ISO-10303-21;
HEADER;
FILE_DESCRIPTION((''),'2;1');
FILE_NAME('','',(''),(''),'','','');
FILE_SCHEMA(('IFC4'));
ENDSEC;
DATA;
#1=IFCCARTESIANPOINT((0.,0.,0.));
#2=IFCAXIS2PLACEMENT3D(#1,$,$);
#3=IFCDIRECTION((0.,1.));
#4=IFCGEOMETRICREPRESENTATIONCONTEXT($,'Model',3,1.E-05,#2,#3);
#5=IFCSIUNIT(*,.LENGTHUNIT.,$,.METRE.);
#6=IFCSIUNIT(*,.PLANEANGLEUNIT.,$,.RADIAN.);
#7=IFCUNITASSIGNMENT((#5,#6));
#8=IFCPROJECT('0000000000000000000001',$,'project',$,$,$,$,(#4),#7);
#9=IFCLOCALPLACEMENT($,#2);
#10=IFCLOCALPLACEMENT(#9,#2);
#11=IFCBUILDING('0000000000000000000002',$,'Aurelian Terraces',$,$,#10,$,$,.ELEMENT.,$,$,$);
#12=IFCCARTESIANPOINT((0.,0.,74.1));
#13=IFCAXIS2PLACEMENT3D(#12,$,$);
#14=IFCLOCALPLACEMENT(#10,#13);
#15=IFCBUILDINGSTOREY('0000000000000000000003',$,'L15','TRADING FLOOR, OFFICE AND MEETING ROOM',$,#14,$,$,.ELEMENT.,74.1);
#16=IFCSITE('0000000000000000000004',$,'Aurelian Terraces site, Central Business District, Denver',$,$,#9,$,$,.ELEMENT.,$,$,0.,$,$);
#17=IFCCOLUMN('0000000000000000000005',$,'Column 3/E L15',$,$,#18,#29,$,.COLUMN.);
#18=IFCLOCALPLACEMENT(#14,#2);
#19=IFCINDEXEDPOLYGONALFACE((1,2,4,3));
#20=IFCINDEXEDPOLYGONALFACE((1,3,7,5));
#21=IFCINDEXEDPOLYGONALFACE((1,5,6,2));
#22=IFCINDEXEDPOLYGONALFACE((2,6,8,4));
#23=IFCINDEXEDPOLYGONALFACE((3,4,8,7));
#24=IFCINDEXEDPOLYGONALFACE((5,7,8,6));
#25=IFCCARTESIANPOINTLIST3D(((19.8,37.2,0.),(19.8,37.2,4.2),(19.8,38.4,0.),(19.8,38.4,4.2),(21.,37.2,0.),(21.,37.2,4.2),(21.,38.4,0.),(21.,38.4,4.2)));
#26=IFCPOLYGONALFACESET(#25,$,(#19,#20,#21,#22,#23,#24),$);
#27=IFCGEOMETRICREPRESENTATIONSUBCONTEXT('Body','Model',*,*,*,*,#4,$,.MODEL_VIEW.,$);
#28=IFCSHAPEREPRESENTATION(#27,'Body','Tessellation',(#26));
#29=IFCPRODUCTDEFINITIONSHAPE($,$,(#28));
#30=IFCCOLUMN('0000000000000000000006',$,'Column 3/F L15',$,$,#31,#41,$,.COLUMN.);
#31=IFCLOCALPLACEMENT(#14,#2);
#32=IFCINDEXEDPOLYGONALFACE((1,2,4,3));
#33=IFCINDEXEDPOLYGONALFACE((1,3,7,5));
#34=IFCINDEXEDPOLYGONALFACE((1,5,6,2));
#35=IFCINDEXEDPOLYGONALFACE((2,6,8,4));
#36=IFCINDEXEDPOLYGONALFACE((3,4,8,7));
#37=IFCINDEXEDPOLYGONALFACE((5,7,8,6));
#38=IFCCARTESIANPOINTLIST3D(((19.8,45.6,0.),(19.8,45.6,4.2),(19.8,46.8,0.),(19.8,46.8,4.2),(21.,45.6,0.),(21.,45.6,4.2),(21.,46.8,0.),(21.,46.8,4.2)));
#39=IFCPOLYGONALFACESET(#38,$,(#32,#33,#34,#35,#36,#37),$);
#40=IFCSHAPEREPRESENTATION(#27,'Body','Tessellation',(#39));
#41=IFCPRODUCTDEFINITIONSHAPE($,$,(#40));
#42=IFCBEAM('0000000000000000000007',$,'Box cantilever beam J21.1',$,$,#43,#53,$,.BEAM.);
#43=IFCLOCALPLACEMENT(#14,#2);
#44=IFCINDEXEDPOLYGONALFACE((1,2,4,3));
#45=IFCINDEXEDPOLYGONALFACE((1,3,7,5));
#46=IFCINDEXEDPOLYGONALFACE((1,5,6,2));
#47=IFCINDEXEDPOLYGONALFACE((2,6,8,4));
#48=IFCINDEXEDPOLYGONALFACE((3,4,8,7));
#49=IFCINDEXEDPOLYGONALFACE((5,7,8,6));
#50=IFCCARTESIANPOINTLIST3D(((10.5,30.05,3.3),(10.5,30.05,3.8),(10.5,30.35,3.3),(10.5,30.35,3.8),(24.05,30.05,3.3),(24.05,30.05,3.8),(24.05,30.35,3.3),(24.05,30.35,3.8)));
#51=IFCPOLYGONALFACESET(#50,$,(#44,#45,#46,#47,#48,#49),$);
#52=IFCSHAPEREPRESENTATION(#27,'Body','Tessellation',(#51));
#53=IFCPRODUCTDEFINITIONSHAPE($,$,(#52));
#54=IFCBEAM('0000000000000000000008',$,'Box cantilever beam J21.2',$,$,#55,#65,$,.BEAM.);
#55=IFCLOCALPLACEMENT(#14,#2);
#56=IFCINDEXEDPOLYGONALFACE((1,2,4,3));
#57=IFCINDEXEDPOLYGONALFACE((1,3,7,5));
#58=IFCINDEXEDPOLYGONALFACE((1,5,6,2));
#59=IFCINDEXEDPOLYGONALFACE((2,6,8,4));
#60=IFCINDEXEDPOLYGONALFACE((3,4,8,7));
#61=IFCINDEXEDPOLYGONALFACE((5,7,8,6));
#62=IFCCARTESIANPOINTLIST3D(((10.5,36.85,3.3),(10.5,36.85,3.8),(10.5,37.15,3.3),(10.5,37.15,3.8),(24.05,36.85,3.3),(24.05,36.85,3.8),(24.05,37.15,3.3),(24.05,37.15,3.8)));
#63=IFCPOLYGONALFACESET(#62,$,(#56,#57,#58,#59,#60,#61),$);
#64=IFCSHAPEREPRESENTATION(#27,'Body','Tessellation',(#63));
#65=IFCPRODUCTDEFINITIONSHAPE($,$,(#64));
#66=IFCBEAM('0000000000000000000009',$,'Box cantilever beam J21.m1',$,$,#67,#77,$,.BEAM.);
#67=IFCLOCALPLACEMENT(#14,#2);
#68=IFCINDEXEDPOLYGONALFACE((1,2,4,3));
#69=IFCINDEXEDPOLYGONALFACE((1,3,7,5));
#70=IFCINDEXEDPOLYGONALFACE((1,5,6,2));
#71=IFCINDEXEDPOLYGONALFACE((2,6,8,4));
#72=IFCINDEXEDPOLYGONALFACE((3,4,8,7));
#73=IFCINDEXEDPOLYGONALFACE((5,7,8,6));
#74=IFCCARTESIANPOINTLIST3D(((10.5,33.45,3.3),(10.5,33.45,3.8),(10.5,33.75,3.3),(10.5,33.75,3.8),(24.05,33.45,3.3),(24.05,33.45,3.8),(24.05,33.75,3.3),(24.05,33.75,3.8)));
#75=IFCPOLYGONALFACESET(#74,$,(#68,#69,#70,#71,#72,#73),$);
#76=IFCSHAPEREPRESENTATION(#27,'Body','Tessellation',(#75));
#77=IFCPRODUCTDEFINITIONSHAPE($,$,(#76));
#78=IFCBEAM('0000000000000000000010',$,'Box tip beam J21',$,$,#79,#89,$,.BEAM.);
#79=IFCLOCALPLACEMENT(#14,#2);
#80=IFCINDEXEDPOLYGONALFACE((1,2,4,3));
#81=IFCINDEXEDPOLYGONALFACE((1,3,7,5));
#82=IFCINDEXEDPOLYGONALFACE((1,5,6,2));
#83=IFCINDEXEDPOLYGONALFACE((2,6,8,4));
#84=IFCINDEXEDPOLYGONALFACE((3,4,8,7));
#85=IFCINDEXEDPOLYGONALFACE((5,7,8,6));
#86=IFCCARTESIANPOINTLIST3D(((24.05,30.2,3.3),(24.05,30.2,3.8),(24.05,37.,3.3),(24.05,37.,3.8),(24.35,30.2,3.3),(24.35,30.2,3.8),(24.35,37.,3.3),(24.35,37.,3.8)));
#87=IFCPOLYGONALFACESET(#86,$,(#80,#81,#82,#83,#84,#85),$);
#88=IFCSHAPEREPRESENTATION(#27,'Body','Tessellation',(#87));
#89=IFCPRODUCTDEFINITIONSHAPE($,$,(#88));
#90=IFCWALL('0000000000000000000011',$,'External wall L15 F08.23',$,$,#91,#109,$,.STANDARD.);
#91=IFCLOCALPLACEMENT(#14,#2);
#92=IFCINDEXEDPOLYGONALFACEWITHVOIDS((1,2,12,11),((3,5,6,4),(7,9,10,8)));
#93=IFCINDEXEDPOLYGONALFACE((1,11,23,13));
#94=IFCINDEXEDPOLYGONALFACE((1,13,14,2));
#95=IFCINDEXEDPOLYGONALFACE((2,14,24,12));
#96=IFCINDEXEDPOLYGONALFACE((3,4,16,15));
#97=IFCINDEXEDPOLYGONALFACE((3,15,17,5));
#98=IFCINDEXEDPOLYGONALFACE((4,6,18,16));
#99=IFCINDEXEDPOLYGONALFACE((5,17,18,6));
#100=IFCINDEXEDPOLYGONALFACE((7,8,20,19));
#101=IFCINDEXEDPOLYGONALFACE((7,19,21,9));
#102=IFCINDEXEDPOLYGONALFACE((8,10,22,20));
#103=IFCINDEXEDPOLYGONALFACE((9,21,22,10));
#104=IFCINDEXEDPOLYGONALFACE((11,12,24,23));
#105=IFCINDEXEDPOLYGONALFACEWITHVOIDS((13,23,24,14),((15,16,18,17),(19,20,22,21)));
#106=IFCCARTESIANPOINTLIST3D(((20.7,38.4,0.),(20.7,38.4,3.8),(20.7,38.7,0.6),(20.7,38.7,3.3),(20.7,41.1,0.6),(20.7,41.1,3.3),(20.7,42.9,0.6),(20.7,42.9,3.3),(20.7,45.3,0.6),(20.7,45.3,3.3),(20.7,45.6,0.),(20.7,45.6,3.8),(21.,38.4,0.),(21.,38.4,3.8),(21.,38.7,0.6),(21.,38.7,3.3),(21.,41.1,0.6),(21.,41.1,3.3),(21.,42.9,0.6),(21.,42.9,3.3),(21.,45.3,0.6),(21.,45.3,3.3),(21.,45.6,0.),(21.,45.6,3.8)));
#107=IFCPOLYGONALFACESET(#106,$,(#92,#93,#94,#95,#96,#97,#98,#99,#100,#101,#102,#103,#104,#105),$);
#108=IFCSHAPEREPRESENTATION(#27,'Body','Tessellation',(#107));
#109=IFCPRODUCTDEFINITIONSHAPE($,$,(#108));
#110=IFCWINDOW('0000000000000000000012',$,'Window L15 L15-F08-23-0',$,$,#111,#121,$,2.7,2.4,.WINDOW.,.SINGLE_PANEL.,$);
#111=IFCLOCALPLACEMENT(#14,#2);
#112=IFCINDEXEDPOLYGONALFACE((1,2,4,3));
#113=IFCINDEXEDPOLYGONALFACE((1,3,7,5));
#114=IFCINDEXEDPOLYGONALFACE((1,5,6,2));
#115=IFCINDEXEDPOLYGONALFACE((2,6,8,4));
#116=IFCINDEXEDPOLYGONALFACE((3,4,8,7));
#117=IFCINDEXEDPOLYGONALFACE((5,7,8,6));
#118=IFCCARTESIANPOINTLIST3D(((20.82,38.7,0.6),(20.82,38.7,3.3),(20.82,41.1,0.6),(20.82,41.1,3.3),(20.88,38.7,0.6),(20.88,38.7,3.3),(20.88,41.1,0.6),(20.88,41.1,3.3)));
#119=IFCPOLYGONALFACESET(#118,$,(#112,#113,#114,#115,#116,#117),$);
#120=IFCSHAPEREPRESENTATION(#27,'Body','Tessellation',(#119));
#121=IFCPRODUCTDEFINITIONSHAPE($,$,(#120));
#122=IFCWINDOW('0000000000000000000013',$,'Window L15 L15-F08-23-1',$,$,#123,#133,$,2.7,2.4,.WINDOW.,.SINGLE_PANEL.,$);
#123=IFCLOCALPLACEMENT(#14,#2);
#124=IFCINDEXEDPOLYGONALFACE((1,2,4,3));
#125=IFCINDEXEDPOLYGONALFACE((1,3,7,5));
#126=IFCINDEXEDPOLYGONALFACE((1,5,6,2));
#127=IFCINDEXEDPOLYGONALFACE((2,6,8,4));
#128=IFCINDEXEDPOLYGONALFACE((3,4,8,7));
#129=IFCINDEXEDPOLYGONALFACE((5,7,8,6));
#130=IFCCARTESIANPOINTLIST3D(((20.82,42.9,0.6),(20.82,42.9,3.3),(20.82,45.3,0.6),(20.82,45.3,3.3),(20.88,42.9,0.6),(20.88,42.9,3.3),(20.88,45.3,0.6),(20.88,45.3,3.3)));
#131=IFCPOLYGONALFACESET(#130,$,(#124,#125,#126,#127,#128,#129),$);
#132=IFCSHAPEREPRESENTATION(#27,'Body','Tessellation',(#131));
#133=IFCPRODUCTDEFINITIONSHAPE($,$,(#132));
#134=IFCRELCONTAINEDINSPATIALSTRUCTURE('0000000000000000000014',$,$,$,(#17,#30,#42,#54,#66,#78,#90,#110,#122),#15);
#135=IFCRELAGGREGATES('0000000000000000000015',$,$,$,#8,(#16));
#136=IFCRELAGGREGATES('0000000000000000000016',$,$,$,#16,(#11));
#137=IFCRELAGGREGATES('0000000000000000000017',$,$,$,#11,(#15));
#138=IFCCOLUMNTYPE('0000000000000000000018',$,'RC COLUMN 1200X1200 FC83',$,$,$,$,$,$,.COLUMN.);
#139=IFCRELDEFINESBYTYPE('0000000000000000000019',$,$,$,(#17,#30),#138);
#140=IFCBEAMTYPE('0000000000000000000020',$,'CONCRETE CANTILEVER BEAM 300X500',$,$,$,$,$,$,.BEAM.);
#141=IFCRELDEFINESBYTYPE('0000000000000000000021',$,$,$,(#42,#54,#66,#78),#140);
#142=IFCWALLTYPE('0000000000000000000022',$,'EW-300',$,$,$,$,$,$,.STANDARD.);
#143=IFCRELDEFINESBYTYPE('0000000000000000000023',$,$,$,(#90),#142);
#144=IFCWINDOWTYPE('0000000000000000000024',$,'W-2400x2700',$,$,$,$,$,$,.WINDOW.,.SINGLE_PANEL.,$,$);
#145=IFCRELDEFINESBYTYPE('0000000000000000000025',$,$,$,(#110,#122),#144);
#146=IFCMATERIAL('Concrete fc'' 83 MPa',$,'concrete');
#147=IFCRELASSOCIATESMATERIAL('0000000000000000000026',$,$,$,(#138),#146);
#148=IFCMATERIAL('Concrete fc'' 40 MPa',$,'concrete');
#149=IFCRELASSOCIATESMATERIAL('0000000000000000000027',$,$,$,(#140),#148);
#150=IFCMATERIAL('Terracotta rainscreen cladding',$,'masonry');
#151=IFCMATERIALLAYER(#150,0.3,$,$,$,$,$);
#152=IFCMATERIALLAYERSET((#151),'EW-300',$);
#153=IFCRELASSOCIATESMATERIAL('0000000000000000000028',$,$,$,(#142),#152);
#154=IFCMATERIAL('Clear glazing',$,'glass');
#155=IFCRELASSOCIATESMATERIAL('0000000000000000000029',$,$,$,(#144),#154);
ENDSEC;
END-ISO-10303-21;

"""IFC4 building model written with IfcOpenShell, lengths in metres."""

from ifc_helpers import new_model, si_unit, direction, frame, frame_2d, origin, origin_2d, place, context, subcontext, project, spatial, rectangle, extrude, source, transform, mapped, material, layer, layer_set, material_profile, profile_set, type_object, element, fill, save


model = new_model("IFC4")

# Units and contexts
model_context = context("Model", 3, precision=1e-05, world=origin(), true_north=direction((0.0, 1.0)))
body_context = subcontext(model_context, "Body", "Model", "MODEL_VIEW")
ifc_project = project(units=[si_unit("LENGTHUNIT", "METRE"), si_unit("PLANEANGLEUNIT", "RADIAN")], contexts=[model_context])

# Site, building, storey
site_placement = place(None, origin())
site = spatial("IfcSite", under=ifc_project, at=site_placement, Name="Aurelian Terraces site, Central Business District, Denver", CompositionType="ELEMENT", RefElevation=0.0)
building_placement = place(site_placement, origin())
building = spatial("IfcBuilding", under=site, at=building_placement, Name="Aurelian Terraces", CompositionType="ELEMENT")
storey_placement = place(building_placement, frame((0.0, 0.0, 74.1)))
storey = spatial("IfcBuildingStorey", under=building, at=storey_placement, Name="L15", Description="TRADING FLOOR, OFFICE AND MEETING ROOM", CompositionType="ELEMENT", Elevation=74.1)

# Columns
ifc_material_1 = material(Name="Concrete fc' 83 MPa", Category="concrete")
ifc_material_profile_1 = material_profile(ifc_material_1, rectangle(XDim=1.2, YDim=1.2, at=origin_2d()))
ifc_profile_set_1 = profile_set([ifc_material_profile_1], Name="Concrete fc' 83 MPa")
column_type = type_object("IfcColumnType", Name="RC COLUMN 1200X1200 FC83", PredefinedType="COLUMN", material=ifc_profile_set_1)
shared_shape_1 = source(origin(), body_context, "Body", "SweptSolid", [
    extrude(rectangle(XDim=1.2, YDim=1.2, at=origin_2d()), origin(), (0.0, 0.0, 1.0), 4.2),
])
for number, where, z_axis, x_axis, name in (
    (1, (20.4, 37.8, 0.0), (0.0, 0.0, 1.0), (1.0, 0.0, 0.0), "Column 3/E L15"),
    (2, (20.4, 46.2, 0.0), (0.0, 0.0, 1.0), (1.0, 0.0, 0.0), "Column 3/F L15"),
):
    element("IfcColumn", number, at=place(storey_placement, frame(where, z_axis=z_axis, x_axis=x_axis)), inside=storey, type_object=column_type, Name=name, PredefinedType="COLUMN", context=body_context, shape_type="MappedRepresentation", body=[
        mapped(shared_shape_1, transform((0.0, 0.0, 0.0), scale=1.0)),
    ])

# Beams
ifc_material_2 = material(Name="Concrete fc' 40 MPa", Category="concrete")
ifc_material_profile_2 = material_profile(ifc_material_2, rectangle(XDim=0.3, YDim=0.5, at=origin_2d()))
ifc_profile_set_2 = profile_set([ifc_material_profile_2], Name="Concrete fc' 40 MPa")
beam_type = type_object("IfcBeamType", Name="CONCRETE CANTILEVER BEAM 300X500", PredefinedType="BEAM", material=ifc_profile_set_2)
shared_shape_2 = source(origin(), body_context, "Body", "SweptSolid", [
    extrude(rectangle(XDim=0.3, YDim=0.5, at=origin_2d()), origin(), (0.0, 0.0, 1.0), 13.55),
])
for number, where, z_axis, x_axis, name in (
    (3, (24.05, 30.2, 3.55), (-1.0, 0.0, 0.0), (0.0, -1.0, 0.0), "Box cantilever beam J21.1"),
    (4, (24.05, 37.0, 3.55), (-1.0, 0.0, 0.0), (0.0, -1.0, 0.0), "Box cantilever beam J21.2"),
    (5, (24.05, 33.6, 3.55), (-1.0, 0.0, 0.0), (0.0, -1.0, 0.0), "Box cantilever beam J21.m1"),
):
    element("IfcBeam", number, at=place(storey_placement, frame(where, z_axis=z_axis, x_axis=x_axis)), inside=storey, type_object=beam_type, Name=name, PredefinedType="BEAM", context=body_context, shape_type="MappedRepresentation", body=[
        mapped(shared_shape_2, transform((0.0, 0.0, 0.0), scale=1.0)),
    ])
shared_shape_3 = source(origin(), body_context, "Body", "SweptSolid", [
    extrude(rectangle(XDim=0.3, YDim=0.5, at=origin_2d()), origin(), (0.0, 0.0, 1.0), 6.8),
])
beam_placement = place(storey_placement, frame((24.2, 30.2, 3.55), z_axis=(0.0, 1.0, 0.0), x_axis=(-1.0, 0.0, 0.0)))
element("IfcBeam", 6, at=beam_placement, inside=storey, type_object=beam_type, Name="Box tip beam J21", PredefinedType="BEAM", context=body_context, shape_type="MappedRepresentation", body=[
    mapped(shared_shape_3, transform((0.0, 0.0, 0.0), scale=1.0)),
])

# Wall, openings, windows
ifc_material_3 = material(Name="Terracotta rainscreen cladding", Category="masonry")
ifc_layer = layer(ifc_material_3, 0.3)
ifc_layer_set = layer_set([ifc_layer], Name="EW-300")
wall_type = type_object("IfcWallType", Name="EW-300", PredefinedType="STANDARD", material=ifc_layer_set)
shared_shape_4 = source(origin(), body_context, "Body", "SweptSolid", [
    extrude(rectangle(XDim=7.2, YDim=0.3, at=frame_2d((3.6, 0.0))), origin(), (0.0, 0.0, 1.0), 3.8),
])
wall_1_placement = place(storey_placement, frame((20.85, 38.4, 0.0), z_axis=(0.0, 0.0, 1.0), x_axis=(0.0, 1.0, 0.0)))
wall_1 = element("IfcWall", 7, at=wall_1_placement, inside=storey, type_object=wall_type, Name="External wall L15 F08.23", PredefinedType="STANDARD", context=body_context, shape_type="MappedRepresentation", body=[
    mapped(shared_shape_4, transform((0.0, 0.0, 0.0), scale=1.0)),
])
shared_shape_5 = source(origin(), body_context, "Body", "SweptSolid", [
    extrude(rectangle(XDim=2.4, YDim=2.7, at=frame_2d((1.2, 1.35))), frame((0.0, 0.16, 0.0), z_axis=(0.0, -1.0, 0.0), x_axis=(1.0, 0.0, 0.0)), (0.0, 0.0, 1.0), 0.32),
])
opening_1_placement = place(wall_1_placement, frame((0.3, 0.0, 0.6)))
opening_1 = element("IfcOpeningElement", 8, at=opening_1_placement, cuts=wall_1, PredefinedType="OPENING", context=body_context, shape_type="MappedRepresentation", body=[
    mapped(shared_shape_5, transform((0.0, 0.0, 0.0), scale=1.0)),
])
opening_2_placement = place(wall_1_placement, frame((4.5, 0.0, 0.6)))
opening_2 = element("IfcOpeningElement", 9, at=opening_2_placement, cuts=wall_1, PredefinedType="OPENING", context=body_context, shape_type="MappedRepresentation", body=[
    mapped(shared_shape_5, transform((0.0, 0.0, 0.0), scale=1.0)),
])
ifc_material_4 = material(Name="Clear glazing", Category="glass")
window_type_1 = type_object("IfcWindowType", Name="W-2400x2700", PartitioningType="SINGLE_PANEL", PredefinedType="WINDOW", material=ifc_material_4)
shared_shape_6 = source(origin(), body_context, "Body", "SweptSolid", [
    extrude(rectangle(XDim=2.4, YDim=2.7, at=frame_2d((1.2, 1.35))), frame((0.0, 0.03, 0.0), z_axis=(0.0, -1.0, 0.0), x_axis=(1.0, 0.0, 0.0)), (0.0, 0.0, 1.0), 0.06),
])
window_1_placement = place(opening_1_placement, origin())
window_1 = element("IfcWindow", 10, at=window_1_placement, inside=storey, type_object=window_type_1, Name="Window L15 L15-F08-23-0", OverallHeight=2.7, OverallWidth=2.4, PartitioningType="SINGLE_PANEL", PredefinedType="WINDOW", context=body_context, shape_type="MappedRepresentation", body=[
    mapped(shared_shape_6, transform((0.0, 0.0, 0.0), scale=1.0)),
])
fill(opening_1, window_1)
window_2_placement = place(opening_2_placement, origin())
window_2 = element("IfcWindow", 11, at=window_2_placement, inside=storey, type_object=window_type_1, Name="Window L15 L15-F08-23-1", OverallHeight=2.7, OverallWidth=2.4, PartitioningType="SINGLE_PANEL", PredefinedType="WINDOW", context=body_context, shape_type="MappedRepresentation", body=[
    mapped(shared_shape_6, transform((0.0, 0.0, 0.0), scale=1.0)),
])
fill(opening_2, window_2)

save(model, "model.ifc")
